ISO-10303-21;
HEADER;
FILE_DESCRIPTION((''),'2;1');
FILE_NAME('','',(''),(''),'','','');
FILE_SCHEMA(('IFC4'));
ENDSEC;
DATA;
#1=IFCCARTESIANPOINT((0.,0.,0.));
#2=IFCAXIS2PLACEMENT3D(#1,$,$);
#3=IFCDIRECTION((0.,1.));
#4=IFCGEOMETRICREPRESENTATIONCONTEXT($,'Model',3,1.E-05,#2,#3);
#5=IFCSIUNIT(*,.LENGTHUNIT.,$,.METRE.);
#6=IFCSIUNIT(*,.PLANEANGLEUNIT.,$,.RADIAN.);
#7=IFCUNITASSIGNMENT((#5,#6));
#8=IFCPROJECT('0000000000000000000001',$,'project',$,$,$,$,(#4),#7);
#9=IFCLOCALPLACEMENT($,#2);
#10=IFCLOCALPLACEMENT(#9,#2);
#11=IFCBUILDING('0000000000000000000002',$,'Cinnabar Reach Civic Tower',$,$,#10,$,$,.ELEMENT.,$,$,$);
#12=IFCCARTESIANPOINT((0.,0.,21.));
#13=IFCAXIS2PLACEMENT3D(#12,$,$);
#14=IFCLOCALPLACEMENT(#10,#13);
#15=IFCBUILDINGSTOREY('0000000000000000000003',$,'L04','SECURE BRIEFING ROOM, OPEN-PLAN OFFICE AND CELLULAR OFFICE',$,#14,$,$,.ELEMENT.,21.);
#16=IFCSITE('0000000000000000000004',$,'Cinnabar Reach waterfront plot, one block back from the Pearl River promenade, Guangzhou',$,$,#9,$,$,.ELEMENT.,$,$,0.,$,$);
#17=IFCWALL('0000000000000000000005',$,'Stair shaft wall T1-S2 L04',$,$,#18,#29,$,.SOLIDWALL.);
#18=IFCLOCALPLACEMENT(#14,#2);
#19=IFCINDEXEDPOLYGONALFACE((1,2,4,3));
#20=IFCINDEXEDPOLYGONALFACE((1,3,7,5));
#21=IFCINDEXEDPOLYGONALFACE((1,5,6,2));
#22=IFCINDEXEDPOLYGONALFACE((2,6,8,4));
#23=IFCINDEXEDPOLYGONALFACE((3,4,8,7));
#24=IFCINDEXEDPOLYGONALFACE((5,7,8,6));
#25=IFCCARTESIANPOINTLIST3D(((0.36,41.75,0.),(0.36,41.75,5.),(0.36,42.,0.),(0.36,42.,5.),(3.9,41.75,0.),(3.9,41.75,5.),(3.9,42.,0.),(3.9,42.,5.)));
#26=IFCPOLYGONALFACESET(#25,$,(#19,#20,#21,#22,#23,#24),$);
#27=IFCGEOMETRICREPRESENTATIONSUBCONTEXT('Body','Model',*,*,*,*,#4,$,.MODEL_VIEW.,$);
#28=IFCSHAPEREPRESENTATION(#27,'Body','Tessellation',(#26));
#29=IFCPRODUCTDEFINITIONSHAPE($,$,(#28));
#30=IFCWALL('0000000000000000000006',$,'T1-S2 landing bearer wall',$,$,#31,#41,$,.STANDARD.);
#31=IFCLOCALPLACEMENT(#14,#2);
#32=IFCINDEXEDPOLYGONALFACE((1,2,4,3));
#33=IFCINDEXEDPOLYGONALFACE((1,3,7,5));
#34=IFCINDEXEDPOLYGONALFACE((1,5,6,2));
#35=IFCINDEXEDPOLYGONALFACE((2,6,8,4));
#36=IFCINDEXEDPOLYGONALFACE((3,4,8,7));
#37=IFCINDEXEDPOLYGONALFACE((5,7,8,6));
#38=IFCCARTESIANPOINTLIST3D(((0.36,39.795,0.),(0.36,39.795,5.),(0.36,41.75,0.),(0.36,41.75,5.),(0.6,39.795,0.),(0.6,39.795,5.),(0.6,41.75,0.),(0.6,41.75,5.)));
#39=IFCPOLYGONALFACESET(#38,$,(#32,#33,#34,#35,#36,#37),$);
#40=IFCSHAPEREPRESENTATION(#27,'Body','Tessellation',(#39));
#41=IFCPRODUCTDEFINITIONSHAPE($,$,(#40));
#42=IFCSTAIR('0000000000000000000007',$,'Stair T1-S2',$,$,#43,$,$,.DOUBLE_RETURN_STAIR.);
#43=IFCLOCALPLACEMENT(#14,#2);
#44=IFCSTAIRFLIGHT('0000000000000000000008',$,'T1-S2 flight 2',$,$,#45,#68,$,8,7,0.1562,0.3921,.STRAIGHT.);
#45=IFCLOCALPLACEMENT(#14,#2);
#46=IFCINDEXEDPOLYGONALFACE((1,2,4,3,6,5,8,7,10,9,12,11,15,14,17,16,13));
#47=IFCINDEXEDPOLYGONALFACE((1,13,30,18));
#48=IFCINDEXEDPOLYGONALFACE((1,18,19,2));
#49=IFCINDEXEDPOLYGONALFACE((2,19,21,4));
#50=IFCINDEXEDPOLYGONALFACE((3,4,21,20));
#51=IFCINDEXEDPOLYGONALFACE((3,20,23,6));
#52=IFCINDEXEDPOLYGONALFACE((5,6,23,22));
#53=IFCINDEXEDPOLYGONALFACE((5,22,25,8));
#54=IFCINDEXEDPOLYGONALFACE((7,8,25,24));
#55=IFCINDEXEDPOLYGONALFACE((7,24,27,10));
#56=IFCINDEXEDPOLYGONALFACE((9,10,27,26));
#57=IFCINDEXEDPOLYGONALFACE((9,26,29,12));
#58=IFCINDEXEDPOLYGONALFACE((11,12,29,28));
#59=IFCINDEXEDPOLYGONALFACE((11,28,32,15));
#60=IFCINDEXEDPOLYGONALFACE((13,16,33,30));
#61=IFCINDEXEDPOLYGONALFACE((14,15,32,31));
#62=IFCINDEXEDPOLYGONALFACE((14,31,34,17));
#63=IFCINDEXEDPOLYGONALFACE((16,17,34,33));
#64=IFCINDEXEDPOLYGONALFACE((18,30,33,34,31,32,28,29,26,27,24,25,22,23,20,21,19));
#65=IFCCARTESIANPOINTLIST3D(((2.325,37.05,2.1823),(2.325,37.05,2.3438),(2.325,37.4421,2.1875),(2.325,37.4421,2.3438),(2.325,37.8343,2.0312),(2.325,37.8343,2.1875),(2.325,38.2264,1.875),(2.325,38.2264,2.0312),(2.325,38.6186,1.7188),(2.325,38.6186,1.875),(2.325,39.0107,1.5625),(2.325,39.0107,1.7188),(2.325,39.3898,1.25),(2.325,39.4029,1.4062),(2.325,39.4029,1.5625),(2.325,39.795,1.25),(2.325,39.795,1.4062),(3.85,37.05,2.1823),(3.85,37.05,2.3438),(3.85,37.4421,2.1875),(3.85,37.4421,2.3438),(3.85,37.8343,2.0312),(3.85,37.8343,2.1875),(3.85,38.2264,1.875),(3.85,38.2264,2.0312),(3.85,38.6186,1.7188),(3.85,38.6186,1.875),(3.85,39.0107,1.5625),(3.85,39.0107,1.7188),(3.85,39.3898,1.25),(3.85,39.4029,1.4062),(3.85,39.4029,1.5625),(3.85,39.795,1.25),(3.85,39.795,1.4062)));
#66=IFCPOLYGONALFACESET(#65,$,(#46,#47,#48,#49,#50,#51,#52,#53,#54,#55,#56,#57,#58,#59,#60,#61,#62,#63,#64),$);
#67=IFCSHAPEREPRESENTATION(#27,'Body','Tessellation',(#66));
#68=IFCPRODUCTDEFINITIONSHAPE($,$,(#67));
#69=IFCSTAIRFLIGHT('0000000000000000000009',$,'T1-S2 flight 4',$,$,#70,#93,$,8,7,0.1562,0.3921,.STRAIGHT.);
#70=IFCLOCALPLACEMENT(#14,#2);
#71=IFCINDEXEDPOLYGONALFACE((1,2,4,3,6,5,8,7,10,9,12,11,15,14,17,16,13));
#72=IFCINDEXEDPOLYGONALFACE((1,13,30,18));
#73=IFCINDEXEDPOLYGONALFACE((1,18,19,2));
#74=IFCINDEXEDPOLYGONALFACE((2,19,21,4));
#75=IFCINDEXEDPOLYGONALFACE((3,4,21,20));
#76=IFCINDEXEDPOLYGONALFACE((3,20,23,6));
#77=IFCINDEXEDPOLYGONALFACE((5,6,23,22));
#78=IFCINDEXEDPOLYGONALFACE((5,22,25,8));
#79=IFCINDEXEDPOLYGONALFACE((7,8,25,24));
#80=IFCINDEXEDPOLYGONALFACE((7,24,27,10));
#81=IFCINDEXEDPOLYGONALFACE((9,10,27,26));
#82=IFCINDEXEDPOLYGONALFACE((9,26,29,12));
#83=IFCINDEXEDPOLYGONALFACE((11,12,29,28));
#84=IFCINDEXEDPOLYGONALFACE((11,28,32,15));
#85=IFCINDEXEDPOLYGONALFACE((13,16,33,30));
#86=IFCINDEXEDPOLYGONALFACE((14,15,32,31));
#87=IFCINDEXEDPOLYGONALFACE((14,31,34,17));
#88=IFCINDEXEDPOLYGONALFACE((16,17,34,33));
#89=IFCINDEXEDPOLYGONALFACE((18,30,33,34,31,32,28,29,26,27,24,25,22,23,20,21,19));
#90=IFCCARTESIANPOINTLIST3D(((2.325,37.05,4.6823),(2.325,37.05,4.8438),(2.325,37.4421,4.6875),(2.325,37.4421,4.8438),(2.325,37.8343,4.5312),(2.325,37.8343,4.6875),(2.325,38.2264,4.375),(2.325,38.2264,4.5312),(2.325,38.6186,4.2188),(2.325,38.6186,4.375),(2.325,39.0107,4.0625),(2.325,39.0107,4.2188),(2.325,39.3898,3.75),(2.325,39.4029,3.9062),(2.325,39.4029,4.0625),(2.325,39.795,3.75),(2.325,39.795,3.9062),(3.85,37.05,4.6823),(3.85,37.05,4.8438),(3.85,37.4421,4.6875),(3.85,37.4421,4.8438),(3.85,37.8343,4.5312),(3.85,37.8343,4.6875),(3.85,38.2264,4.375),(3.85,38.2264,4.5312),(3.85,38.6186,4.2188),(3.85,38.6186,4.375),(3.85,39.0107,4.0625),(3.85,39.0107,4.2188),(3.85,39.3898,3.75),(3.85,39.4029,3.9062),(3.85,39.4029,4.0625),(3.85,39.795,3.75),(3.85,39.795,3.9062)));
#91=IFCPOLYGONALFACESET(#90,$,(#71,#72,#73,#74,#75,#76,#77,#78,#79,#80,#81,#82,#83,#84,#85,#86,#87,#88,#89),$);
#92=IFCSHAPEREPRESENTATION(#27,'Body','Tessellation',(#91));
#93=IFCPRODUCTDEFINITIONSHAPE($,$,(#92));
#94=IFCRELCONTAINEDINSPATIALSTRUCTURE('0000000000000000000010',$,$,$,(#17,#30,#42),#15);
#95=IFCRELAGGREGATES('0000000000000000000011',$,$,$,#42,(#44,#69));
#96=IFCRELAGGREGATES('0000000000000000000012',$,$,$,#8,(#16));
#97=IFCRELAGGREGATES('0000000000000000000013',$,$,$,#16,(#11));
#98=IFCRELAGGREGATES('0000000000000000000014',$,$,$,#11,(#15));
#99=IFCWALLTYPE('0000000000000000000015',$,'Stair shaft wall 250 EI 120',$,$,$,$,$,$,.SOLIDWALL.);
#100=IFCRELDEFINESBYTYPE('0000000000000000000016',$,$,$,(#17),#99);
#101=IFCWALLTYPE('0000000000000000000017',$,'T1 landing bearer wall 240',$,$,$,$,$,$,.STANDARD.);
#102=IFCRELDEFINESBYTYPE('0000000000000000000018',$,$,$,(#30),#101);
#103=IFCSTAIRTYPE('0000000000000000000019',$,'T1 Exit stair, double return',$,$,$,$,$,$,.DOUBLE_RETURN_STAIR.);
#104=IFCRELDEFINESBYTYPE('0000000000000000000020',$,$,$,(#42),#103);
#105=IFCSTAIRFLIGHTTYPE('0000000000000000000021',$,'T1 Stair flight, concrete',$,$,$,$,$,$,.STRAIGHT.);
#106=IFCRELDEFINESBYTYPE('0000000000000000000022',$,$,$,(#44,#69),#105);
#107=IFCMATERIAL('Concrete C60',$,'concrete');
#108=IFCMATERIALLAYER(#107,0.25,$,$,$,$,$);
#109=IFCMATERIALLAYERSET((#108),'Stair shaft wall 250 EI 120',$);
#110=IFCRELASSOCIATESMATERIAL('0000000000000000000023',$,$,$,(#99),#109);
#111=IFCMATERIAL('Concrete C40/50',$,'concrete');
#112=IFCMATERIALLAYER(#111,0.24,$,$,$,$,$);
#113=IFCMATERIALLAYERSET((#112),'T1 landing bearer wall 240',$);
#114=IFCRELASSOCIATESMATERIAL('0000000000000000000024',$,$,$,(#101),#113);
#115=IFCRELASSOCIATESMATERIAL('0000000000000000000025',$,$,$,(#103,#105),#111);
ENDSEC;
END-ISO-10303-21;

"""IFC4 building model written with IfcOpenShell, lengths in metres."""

from ifc_helpers import new_model, si_unit, direction, frame, frame_2d, origin, place, context, subcontext, project, spatial, polyline, rectangle, outline, extrude, material, layer, layer_set, type_object, element, aggregate, save


model = new_model("IFC4")

# Units and contexts
model_context = context("Model", 3, precision=1e-05, world=origin(), true_north=direction((0.0, 1.0)))
body_context = subcontext(model_context, "Body", "Model", "MODEL_VIEW")
ifc_project = project(units=[si_unit("LENGTHUNIT", "METRE"), si_unit("PLANEANGLEUNIT", "RADIAN")], contexts=[model_context])

# Site, building, storey
site_placement = place(None, origin())
site = spatial("IfcSite", under=ifc_project, at=site_placement, Name="Cinnabar Reach waterfront plot, one block back from the Pearl River promenade, Guangzhou", CompositionType="ELEMENT", RefElevation=0.0)
building_placement = place(site_placement, origin())
building = spatial("IfcBuilding", under=site, at=building_placement, Name="Cinnabar Reach Civic Tower", CompositionType="ELEMENT")
storey_placement = place(building_placement, frame((0.0, 0.0, 21.0)))
storey = spatial("IfcBuildingStorey", under=building, at=storey_placement, Name="L04", Description="SECURE BRIEFING ROOM, OPEN-PLAN OFFICE AND CELLULAR OFFICE", CompositionType="ELEMENT", Elevation=21.0)

# Walls
ifc_material_1 = material(Name="Concrete C60", Category="concrete")
ifc_layer_1 = layer(ifc_material_1, 0.25)
ifc_layer_set_1 = layer_set([ifc_layer_1], Name="Stair shaft wall 250 EI 120")
wall_type_1 = type_object("IfcWallType", Name="Stair shaft wall 250 EI 120", PredefinedType="SOLIDWALL", material=ifc_layer_set_1)
wall_1_placement = place(storey_placement, frame((3.9, 41.875, 0.0), z_axis=(0.0, 0.0, 1.0), x_axis=(-1.0, 0.0, 0.0)))
element("IfcWall", 1, at=wall_1_placement, inside=storey, type_object=wall_type_1, Name="Stair shaft wall T1-S2 L04", PredefinedType="SOLIDWALL", context=body_context, shape_type="SweptSolid", body=[
    extrude(rectangle(XDim=3.54, YDim=0.25, at=frame_2d((1.77, 0.0))), origin(), (0.0, 0.0, 1.0), 5.0),
])
ifc_material_2 = material(Name="Concrete C40/50", Category="concrete")
ifc_layer_2 = layer(ifc_material_2, 0.24)
ifc_layer_set_2 = layer_set([ifc_layer_2], Name="T1 landing bearer wall 240")
wall_type_2 = type_object("IfcWallType", Name="T1 landing bearer wall 240", PredefinedType="STANDARD", material=ifc_layer_set_2)
wall_2_placement = place(storey_placement, frame((0.48, 39.795, 0.0), z_axis=(0.0, 0.0, 1.0), x_axis=(0.0, 1.0, 0.0)))
element("IfcWall", 2, at=wall_2_placement, inside=storey, type_object=wall_type_2, Name="T1-S2 landing bearer wall", PredefinedType="STANDARD", context=body_context, shape_type="SweptSolid", body=[
    extrude(rectangle(XDim=1.955, YDim=0.24, at=frame_2d((0.9775, 0.0))), origin(), (0.0, 0.0, 1.0), 5.0),
])

# Stair, stair flights
stair_type = type_object("IfcStairType", Name="T1 Exit stair, double return", PredefinedType="DOUBLE_RETURN_STAIR", material=ifc_material_2)
stair_placement = place(storey_placement, origin())
stair = element("IfcStair", 3, at=stair_placement, inside=storey, type_object=stair_type, Name="Stair T1-S2", PredefinedType="DOUBLE_RETURN_STAIR")
stair_flight_type = type_object("IfcStairFlightType", Name="T1 Stair flight, concrete", PredefinedType="STRAIGHT", material=ifc_material_2)
stair_flight_1_placement = place(storey_placement, frame((3.0875, 39.795, 1.25), z_axis=(0.0, 0.0, 1.0), x_axis=(0.0, -1.0, 0.0)))
stair_flight_1 = element("IfcStairFlight", 4, at=stair_flight_1_placement, type_object=stair_flight_type, Name="T1-S2 flight 2", NumberOfRisers=8, NumberOfTreads=7, PredefinedType="STRAIGHT", RiserHeight=0.1562, TreadLength=0.3921, context=body_context, shape_type="SweptSolid", body=[
    extrude(outline(polyline([(0.0, 0.0), (0.0, 0.1562), (0.3921, 0.1562), (0.3921, 0.3125), (0.7843, 0.3125), (0.7843, 0.4688), (1.1764, 0.4688), (1.1764, 0.625), (1.5686, 0.625), (1.5686, 0.7812), (1.9607, 0.7812), (1.9607, 0.9375), (2.3529, 0.9375), (2.3529, 1.0938), (2.745, 1.0938), (2.745, 1.25), (2.745, 0.9323), (0.4052, 0.0), (0.0, 0.0)])), frame((0.0, 0.7625, 0.0), z_axis=(0.0, -1.0, 0.0), x_axis=(1.0, 0.0, 0.0)), (0.0, 0.0, 1.0), 1.525),
])
stair_flight_2_placement = place(storey_placement, frame((3.0875, 39.795, 3.75), z_axis=(0.0, 0.0, 1.0), x_axis=(0.0, -1.0, 0.0)))
stair_flight_2 = element("IfcStairFlight", 5, at=stair_flight_2_placement, type_object=stair_flight_type, Name="T1-S2 flight 4", NumberOfRisers=8, NumberOfTreads=7, PredefinedType="STRAIGHT", RiserHeight=0.1562, TreadLength=0.3921, context=body_context, shape_type="SweptSolid", body=[
    extrude(outline(polyline([(0.0, 0.0), (0.0, 0.1562), (0.3921, 0.1562), (0.3921, 0.3125), (0.7843, 0.3125), (0.7843, 0.4688), (1.1764, 0.4688), (1.1764, 0.625), (1.5686, 0.625), (1.5686, 0.7812), (1.9607, 0.7812), (1.9607, 0.9375), (2.3529, 0.9375), (2.3529, 1.0938), (2.745, 1.0938), (2.745, 1.25), (2.745, 0.9323), (0.4052, 0.0), (0.0, 0.0)])), frame((0.0, 0.7625, 0.0), z_axis=(0.0, -1.0, 0.0), x_axis=(1.0, 0.0, 0.0)), (0.0, 0.0, 1.0), 1.525),
])
aggregate(stair, [stair_flight_1, stair_flight_2])

save(model, "model.ifc")
